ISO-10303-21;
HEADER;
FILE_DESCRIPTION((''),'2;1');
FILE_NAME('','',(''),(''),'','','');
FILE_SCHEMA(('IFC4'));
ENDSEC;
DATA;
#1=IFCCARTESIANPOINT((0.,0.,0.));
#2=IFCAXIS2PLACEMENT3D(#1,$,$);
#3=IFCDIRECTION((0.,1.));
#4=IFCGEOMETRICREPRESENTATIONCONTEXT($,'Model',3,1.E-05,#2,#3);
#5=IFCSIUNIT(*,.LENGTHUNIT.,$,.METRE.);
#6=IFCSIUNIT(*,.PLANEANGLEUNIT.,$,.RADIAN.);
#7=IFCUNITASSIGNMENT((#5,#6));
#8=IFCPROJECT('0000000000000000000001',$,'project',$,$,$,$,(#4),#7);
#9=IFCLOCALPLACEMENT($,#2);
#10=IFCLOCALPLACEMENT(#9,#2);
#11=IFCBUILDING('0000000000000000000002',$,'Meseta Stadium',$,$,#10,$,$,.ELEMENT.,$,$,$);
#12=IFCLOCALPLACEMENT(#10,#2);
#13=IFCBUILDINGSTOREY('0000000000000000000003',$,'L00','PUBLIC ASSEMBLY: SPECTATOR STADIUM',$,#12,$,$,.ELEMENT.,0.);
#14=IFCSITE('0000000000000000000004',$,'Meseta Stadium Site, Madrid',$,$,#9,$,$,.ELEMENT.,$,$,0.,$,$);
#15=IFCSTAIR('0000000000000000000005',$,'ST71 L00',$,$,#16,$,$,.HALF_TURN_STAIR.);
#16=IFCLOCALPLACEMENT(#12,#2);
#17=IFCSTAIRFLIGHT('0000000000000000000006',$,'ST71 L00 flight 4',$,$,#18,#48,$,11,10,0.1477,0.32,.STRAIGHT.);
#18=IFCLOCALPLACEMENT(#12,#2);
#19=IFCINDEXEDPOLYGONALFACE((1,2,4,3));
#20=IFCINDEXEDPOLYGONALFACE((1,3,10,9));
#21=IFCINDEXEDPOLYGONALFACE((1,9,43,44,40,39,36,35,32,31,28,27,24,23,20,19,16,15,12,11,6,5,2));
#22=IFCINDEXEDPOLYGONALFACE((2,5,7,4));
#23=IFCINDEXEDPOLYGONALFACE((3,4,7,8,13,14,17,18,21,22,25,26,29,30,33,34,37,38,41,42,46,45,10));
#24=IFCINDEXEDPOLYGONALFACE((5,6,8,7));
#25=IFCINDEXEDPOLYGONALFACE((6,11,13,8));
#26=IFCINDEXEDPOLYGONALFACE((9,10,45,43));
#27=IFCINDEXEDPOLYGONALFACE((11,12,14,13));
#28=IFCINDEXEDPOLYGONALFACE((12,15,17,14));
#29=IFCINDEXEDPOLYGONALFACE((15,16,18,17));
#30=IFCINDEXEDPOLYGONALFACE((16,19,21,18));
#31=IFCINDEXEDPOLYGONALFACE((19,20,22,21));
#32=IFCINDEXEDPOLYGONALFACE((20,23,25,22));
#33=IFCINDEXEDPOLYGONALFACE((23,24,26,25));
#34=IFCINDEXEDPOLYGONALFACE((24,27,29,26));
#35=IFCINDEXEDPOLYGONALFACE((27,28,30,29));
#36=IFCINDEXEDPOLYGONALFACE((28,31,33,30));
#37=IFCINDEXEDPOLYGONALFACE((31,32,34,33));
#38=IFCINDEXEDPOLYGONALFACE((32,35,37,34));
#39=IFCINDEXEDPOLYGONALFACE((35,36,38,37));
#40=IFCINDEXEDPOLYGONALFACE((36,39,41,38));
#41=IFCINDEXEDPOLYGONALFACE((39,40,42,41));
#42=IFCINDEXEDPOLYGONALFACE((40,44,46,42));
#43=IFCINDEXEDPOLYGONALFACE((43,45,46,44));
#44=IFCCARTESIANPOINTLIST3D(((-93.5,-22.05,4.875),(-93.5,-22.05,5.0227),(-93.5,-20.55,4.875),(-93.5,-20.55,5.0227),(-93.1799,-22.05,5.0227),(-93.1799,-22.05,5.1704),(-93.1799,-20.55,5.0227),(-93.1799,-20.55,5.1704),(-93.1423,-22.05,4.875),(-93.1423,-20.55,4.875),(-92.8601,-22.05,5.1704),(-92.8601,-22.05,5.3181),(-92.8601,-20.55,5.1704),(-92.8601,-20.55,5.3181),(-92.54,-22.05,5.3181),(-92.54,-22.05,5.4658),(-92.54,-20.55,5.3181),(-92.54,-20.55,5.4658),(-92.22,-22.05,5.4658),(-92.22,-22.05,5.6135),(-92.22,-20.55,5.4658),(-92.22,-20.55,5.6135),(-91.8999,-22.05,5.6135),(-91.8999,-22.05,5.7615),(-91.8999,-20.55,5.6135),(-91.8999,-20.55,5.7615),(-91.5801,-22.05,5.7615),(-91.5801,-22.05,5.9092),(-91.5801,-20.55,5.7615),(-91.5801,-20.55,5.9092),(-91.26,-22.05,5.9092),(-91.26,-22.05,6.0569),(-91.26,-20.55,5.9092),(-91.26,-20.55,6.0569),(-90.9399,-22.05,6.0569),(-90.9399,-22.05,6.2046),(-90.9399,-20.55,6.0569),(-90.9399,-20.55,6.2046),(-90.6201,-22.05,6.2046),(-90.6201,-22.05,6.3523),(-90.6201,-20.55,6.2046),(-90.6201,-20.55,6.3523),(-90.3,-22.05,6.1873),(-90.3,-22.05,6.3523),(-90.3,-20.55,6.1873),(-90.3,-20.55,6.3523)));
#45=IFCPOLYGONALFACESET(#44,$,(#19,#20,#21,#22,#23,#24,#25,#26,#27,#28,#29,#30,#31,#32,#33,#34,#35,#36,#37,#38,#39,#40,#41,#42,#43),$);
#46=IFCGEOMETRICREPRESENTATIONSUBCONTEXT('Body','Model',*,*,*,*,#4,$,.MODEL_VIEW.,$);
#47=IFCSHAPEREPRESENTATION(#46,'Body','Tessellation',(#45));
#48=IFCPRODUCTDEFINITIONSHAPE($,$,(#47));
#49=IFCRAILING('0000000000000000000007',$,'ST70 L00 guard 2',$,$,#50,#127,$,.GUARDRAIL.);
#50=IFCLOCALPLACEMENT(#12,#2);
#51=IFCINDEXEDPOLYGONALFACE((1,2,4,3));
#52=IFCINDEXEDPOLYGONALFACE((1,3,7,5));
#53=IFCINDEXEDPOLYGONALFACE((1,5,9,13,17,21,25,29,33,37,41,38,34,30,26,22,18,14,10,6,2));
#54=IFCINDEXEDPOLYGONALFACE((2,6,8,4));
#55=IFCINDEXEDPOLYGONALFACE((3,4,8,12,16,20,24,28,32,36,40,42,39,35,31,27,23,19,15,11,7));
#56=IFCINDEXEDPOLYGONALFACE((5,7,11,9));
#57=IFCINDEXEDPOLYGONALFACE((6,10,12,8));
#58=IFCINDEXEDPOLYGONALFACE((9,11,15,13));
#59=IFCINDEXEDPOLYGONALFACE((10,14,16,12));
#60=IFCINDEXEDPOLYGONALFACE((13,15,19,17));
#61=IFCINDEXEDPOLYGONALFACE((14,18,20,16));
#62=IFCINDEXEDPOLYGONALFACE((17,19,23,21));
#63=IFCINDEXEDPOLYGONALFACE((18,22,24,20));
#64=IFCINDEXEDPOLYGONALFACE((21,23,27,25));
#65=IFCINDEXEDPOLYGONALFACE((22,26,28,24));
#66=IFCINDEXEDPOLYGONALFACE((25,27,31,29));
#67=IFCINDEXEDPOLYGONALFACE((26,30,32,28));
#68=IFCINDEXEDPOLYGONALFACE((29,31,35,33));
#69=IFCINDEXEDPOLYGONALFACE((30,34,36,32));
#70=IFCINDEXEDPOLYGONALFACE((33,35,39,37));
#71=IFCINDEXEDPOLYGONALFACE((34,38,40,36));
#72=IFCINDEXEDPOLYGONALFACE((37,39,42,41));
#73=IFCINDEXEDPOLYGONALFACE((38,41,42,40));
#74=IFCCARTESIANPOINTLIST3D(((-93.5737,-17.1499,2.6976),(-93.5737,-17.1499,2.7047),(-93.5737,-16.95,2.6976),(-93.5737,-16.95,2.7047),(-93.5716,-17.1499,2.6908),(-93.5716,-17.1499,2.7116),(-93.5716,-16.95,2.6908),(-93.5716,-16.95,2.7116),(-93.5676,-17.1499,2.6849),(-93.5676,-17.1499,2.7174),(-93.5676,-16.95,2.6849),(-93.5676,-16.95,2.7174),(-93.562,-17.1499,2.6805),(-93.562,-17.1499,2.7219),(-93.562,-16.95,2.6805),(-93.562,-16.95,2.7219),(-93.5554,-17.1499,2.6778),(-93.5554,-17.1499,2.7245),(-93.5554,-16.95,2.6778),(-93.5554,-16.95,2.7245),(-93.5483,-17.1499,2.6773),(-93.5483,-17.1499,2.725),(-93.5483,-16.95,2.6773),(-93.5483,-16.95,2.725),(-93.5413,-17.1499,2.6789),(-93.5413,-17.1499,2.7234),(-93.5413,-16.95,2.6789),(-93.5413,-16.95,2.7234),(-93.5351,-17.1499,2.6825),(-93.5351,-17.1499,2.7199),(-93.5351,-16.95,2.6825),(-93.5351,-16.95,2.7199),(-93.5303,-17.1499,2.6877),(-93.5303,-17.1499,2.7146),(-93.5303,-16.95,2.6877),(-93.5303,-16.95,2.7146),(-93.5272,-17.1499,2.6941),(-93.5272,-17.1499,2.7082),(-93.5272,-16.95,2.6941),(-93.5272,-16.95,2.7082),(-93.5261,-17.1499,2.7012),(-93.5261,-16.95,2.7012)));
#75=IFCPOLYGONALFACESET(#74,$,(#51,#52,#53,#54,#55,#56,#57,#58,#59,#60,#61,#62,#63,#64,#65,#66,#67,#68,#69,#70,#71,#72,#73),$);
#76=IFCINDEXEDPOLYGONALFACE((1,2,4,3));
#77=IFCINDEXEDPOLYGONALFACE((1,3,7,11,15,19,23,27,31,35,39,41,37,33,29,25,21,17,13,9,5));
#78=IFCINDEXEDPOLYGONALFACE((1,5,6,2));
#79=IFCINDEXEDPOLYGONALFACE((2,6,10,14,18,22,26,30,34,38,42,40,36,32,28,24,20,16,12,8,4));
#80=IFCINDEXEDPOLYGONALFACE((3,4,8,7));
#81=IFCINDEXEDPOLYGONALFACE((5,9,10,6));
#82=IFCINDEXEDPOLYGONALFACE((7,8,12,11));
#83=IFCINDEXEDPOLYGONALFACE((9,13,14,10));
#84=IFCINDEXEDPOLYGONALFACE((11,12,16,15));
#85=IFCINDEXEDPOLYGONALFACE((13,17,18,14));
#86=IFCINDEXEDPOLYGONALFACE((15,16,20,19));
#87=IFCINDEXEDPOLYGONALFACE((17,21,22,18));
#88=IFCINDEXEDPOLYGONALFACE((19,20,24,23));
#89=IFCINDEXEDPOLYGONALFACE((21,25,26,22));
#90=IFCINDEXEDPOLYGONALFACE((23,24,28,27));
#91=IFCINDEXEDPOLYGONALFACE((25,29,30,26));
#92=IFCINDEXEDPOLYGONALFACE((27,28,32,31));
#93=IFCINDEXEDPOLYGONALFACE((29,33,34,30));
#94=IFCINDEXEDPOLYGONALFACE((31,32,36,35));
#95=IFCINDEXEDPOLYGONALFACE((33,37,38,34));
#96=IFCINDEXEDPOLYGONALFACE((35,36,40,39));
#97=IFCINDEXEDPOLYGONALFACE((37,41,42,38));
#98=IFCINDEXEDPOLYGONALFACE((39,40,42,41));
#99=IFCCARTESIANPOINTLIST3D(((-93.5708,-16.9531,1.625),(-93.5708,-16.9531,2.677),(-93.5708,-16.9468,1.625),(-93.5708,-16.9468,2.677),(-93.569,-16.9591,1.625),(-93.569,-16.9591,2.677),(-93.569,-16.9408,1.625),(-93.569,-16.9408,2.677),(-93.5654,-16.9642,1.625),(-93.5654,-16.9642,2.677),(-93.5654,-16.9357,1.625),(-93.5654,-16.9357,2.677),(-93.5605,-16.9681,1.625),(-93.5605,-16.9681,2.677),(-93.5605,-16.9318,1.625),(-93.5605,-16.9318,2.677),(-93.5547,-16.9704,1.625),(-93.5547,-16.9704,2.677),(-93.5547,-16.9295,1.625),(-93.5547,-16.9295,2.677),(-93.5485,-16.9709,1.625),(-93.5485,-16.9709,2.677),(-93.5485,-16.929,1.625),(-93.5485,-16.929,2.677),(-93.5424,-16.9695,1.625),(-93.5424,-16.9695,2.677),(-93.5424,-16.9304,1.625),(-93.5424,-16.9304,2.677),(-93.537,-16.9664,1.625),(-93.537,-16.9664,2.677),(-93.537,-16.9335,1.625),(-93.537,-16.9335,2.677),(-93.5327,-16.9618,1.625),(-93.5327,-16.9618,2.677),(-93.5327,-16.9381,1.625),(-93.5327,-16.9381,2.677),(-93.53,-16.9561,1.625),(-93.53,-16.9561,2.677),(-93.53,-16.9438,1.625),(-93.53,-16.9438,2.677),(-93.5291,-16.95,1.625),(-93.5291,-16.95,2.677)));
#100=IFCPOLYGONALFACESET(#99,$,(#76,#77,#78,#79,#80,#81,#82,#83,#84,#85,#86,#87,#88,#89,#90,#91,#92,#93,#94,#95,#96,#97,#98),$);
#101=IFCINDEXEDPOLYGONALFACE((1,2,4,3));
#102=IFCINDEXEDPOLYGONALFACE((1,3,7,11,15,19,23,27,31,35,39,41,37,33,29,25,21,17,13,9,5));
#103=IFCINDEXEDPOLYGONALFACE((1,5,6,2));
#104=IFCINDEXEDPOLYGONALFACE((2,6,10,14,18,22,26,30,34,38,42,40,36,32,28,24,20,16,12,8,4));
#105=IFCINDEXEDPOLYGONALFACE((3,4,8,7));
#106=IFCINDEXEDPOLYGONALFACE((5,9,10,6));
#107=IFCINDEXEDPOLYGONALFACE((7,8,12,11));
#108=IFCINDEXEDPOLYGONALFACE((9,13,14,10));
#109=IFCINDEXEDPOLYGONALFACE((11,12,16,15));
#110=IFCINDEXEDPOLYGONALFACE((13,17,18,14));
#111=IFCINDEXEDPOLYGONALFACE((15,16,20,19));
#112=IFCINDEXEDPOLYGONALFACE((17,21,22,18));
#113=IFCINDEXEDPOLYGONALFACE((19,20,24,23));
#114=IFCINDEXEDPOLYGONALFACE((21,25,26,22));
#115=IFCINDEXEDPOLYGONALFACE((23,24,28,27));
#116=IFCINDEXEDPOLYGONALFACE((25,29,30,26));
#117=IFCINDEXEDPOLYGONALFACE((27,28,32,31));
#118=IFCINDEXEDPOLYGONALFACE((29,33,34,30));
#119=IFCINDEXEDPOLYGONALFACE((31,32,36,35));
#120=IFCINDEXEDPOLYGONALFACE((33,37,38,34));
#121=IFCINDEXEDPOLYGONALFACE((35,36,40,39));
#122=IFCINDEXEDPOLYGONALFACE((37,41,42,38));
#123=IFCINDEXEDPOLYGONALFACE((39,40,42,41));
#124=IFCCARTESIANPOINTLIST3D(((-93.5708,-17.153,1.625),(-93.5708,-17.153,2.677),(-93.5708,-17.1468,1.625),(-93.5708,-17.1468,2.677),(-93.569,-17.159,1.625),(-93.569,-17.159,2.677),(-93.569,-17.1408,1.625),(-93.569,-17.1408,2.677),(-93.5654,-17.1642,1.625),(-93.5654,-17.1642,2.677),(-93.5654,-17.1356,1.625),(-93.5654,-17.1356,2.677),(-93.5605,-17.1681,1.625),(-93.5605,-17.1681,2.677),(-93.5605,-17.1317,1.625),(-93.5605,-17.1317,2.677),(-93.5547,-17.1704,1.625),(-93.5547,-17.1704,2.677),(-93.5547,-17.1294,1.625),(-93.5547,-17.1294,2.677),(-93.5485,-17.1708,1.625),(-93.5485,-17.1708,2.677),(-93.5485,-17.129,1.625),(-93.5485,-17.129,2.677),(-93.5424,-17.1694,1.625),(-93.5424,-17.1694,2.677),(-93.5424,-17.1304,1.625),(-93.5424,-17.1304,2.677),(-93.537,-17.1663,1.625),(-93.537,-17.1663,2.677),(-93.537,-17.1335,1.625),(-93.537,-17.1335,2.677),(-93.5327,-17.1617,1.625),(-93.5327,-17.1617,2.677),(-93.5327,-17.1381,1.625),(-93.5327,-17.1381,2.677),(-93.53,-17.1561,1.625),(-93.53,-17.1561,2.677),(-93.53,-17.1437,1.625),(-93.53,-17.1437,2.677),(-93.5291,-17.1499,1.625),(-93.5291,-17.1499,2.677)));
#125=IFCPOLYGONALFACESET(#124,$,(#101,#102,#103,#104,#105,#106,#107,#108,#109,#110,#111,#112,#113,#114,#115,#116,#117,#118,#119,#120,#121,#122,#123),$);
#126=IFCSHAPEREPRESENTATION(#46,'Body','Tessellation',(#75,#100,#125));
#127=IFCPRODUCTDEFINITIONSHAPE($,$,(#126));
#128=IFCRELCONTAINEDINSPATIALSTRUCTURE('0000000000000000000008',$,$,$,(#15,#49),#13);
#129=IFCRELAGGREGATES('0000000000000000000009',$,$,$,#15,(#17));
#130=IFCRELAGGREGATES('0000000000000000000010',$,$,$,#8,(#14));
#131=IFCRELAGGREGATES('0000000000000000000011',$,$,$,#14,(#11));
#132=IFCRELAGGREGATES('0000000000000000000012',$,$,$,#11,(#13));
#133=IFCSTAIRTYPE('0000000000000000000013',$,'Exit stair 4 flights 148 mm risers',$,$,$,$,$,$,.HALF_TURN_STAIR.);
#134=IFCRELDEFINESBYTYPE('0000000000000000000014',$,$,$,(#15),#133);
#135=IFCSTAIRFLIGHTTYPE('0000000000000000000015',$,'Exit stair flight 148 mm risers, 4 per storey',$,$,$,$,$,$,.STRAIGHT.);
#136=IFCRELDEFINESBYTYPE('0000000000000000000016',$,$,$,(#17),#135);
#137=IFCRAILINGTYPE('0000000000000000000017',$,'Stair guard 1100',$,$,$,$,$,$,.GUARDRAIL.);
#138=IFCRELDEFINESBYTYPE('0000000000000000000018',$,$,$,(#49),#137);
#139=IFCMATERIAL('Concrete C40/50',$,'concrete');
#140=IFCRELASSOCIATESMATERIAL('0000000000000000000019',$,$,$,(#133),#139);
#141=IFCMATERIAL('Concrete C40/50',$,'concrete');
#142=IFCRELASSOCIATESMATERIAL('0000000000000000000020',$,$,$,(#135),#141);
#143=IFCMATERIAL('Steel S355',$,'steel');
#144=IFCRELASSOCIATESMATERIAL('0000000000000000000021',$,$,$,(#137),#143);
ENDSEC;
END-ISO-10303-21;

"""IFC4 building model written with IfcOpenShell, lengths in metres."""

from ifc_helpers import new_model, si_unit, direction, frame, origin, origin_2d, place, context, subcontext, project, spatial, polyline, circle, outline, extrude, material, type_object, element, aggregate, save


model = new_model("IFC4")

# Units and contexts
model_context = context("Model", 3, precision=1e-05, world=origin(), true_north=direction((0.0, 1.0)))
body_context = subcontext(model_context, "Body", "Model", "MODEL_VIEW")
ifc_project = project(units=[si_unit("LENGTHUNIT", "METRE"), si_unit("PLANEANGLEUNIT", "RADIAN")], contexts=[model_context])

# Site, building, storey
site_placement = place(None, origin())
site = spatial("IfcSite", under=ifc_project, at=site_placement, Name="Meseta Stadium Site, Madrid", CompositionType="ELEMENT", RefElevation=0.0)
building_placement = place(site_placement, origin())
building = spatial("IfcBuilding", under=site, at=building_placement, Name="Meseta Stadium", CompositionType="ELEMENT")
storey_placement = place(building_placement, origin())
storey = spatial("IfcBuildingStorey", under=building, at=storey_placement, Name="L00", Description="PUBLIC ASSEMBLY: SPECTATOR STADIUM", CompositionType="ELEMENT", Elevation=0.0)

# Stair, stair flight
ifc_material_1 = material(Name="Concrete C40/50", Category="concrete")
stair_type = type_object("IfcStairType", Name="Exit stair 4 flights 148 mm risers", PredefinedType="HALF_TURN_STAIR", material=ifc_material_1)
ifc_material_2 = material(Name="Concrete C40/50", Category="concrete")
stair_flight_type = type_object("IfcStairFlightType", Name="Exit stair flight 148 mm risers, 4 per storey", PredefinedType="STRAIGHT", material=ifc_material_2)
stair_1_placement = place(storey_placement, origin())
stair_1 = element("IfcStair", 1, at=stair_1_placement, inside=storey, type_object=stair_type, Name="ST71 L00", PredefinedType="HALF_TURN_STAIR")
stair_flight_1_placement = place(storey_placement, frame((-93.5, -21.3, 4.875), z_axis=(0.0, 0.0, 1.0), x_axis=(1.0, 0.0, 0.0)))
stair_flight_1 = element("IfcStairFlight", 2, at=stair_flight_1_placement, type_object=stair_flight_type, Name="ST71 L00 flight 4", NumberOfRisers=11, NumberOfTreads=10, PredefinedType="STRAIGHT", RiserHeight=0.1477, TreadLength=0.32, context=body_context, shape_type="SweptSolid", body=[
    extrude(outline(polyline([(0.0, 0.0), (0.0, 0.1477), (0.3201, 0.1477), (0.3201, 0.2954), (0.6399, 0.2954), (0.6399, 0.4431), (0.96, 0.4431), (0.96, 0.5908), (1.28, 0.5908), (1.28, 0.7385), (1.6001, 0.7385), (1.6001, 0.8865), (1.9199, 0.8865), (1.9199, 1.0342), (2.24, 1.0342), (2.24, 1.1819), (2.5601, 1.1819), (2.5601, 1.3296), (2.8799, 1.3296), (2.8799, 1.4773), (3.2, 1.4773), (3.2, 1.3123), (0.3577, 0.0), (0.0, 0.0)])), frame((0.0, 0.75, 0.0), z_axis=(0.0, -1.0, 0.0), x_axis=(1.0, 0.0, 0.0)), (0.0, 0.0, 1.0), 1.5),
])
aggregate(stair_1, [stair_flight_1])

# Railing
ifc_material_3 = material(Name="Steel S355", Category="steel")
railing_type_1 = type_object("IfcRailingType", Name="Stair guard 1100", PredefinedType="GUARDRAIL", material=ifc_material_3)
railing_1_placement = place(storey_placement, frame((-93.55, -16.95, 1.625)))
element("IfcRailing", 3, at=railing_1_placement, inside=storey, type_object=railing_type_1, Name="ST70 L00 guard 2", PredefinedType="GUARDRAIL", context=body_context, shape_type="SweptSolid", body=[
    extrude(circle(Radius=0.0239, at=origin_2d()), frame((0.0, 0.0, 1.0762), z_axis=(0.0, -1.0, 0.0), x_axis=(1.0, 0.0, 0.0)), (0.0, 0.0, 1.0), 0.2),
    extrude(circle(Radius=0.021, at=origin_2d()), origin(), (0.0, 0.0, 1.0), 1.052),
    extrude(circle(Radius=0.021, at=origin_2d()), frame((0.0, -0.2, 0.0)), (0.0, 0.0, 1.0), 1.052),
])

save(model, "model.ifc")
